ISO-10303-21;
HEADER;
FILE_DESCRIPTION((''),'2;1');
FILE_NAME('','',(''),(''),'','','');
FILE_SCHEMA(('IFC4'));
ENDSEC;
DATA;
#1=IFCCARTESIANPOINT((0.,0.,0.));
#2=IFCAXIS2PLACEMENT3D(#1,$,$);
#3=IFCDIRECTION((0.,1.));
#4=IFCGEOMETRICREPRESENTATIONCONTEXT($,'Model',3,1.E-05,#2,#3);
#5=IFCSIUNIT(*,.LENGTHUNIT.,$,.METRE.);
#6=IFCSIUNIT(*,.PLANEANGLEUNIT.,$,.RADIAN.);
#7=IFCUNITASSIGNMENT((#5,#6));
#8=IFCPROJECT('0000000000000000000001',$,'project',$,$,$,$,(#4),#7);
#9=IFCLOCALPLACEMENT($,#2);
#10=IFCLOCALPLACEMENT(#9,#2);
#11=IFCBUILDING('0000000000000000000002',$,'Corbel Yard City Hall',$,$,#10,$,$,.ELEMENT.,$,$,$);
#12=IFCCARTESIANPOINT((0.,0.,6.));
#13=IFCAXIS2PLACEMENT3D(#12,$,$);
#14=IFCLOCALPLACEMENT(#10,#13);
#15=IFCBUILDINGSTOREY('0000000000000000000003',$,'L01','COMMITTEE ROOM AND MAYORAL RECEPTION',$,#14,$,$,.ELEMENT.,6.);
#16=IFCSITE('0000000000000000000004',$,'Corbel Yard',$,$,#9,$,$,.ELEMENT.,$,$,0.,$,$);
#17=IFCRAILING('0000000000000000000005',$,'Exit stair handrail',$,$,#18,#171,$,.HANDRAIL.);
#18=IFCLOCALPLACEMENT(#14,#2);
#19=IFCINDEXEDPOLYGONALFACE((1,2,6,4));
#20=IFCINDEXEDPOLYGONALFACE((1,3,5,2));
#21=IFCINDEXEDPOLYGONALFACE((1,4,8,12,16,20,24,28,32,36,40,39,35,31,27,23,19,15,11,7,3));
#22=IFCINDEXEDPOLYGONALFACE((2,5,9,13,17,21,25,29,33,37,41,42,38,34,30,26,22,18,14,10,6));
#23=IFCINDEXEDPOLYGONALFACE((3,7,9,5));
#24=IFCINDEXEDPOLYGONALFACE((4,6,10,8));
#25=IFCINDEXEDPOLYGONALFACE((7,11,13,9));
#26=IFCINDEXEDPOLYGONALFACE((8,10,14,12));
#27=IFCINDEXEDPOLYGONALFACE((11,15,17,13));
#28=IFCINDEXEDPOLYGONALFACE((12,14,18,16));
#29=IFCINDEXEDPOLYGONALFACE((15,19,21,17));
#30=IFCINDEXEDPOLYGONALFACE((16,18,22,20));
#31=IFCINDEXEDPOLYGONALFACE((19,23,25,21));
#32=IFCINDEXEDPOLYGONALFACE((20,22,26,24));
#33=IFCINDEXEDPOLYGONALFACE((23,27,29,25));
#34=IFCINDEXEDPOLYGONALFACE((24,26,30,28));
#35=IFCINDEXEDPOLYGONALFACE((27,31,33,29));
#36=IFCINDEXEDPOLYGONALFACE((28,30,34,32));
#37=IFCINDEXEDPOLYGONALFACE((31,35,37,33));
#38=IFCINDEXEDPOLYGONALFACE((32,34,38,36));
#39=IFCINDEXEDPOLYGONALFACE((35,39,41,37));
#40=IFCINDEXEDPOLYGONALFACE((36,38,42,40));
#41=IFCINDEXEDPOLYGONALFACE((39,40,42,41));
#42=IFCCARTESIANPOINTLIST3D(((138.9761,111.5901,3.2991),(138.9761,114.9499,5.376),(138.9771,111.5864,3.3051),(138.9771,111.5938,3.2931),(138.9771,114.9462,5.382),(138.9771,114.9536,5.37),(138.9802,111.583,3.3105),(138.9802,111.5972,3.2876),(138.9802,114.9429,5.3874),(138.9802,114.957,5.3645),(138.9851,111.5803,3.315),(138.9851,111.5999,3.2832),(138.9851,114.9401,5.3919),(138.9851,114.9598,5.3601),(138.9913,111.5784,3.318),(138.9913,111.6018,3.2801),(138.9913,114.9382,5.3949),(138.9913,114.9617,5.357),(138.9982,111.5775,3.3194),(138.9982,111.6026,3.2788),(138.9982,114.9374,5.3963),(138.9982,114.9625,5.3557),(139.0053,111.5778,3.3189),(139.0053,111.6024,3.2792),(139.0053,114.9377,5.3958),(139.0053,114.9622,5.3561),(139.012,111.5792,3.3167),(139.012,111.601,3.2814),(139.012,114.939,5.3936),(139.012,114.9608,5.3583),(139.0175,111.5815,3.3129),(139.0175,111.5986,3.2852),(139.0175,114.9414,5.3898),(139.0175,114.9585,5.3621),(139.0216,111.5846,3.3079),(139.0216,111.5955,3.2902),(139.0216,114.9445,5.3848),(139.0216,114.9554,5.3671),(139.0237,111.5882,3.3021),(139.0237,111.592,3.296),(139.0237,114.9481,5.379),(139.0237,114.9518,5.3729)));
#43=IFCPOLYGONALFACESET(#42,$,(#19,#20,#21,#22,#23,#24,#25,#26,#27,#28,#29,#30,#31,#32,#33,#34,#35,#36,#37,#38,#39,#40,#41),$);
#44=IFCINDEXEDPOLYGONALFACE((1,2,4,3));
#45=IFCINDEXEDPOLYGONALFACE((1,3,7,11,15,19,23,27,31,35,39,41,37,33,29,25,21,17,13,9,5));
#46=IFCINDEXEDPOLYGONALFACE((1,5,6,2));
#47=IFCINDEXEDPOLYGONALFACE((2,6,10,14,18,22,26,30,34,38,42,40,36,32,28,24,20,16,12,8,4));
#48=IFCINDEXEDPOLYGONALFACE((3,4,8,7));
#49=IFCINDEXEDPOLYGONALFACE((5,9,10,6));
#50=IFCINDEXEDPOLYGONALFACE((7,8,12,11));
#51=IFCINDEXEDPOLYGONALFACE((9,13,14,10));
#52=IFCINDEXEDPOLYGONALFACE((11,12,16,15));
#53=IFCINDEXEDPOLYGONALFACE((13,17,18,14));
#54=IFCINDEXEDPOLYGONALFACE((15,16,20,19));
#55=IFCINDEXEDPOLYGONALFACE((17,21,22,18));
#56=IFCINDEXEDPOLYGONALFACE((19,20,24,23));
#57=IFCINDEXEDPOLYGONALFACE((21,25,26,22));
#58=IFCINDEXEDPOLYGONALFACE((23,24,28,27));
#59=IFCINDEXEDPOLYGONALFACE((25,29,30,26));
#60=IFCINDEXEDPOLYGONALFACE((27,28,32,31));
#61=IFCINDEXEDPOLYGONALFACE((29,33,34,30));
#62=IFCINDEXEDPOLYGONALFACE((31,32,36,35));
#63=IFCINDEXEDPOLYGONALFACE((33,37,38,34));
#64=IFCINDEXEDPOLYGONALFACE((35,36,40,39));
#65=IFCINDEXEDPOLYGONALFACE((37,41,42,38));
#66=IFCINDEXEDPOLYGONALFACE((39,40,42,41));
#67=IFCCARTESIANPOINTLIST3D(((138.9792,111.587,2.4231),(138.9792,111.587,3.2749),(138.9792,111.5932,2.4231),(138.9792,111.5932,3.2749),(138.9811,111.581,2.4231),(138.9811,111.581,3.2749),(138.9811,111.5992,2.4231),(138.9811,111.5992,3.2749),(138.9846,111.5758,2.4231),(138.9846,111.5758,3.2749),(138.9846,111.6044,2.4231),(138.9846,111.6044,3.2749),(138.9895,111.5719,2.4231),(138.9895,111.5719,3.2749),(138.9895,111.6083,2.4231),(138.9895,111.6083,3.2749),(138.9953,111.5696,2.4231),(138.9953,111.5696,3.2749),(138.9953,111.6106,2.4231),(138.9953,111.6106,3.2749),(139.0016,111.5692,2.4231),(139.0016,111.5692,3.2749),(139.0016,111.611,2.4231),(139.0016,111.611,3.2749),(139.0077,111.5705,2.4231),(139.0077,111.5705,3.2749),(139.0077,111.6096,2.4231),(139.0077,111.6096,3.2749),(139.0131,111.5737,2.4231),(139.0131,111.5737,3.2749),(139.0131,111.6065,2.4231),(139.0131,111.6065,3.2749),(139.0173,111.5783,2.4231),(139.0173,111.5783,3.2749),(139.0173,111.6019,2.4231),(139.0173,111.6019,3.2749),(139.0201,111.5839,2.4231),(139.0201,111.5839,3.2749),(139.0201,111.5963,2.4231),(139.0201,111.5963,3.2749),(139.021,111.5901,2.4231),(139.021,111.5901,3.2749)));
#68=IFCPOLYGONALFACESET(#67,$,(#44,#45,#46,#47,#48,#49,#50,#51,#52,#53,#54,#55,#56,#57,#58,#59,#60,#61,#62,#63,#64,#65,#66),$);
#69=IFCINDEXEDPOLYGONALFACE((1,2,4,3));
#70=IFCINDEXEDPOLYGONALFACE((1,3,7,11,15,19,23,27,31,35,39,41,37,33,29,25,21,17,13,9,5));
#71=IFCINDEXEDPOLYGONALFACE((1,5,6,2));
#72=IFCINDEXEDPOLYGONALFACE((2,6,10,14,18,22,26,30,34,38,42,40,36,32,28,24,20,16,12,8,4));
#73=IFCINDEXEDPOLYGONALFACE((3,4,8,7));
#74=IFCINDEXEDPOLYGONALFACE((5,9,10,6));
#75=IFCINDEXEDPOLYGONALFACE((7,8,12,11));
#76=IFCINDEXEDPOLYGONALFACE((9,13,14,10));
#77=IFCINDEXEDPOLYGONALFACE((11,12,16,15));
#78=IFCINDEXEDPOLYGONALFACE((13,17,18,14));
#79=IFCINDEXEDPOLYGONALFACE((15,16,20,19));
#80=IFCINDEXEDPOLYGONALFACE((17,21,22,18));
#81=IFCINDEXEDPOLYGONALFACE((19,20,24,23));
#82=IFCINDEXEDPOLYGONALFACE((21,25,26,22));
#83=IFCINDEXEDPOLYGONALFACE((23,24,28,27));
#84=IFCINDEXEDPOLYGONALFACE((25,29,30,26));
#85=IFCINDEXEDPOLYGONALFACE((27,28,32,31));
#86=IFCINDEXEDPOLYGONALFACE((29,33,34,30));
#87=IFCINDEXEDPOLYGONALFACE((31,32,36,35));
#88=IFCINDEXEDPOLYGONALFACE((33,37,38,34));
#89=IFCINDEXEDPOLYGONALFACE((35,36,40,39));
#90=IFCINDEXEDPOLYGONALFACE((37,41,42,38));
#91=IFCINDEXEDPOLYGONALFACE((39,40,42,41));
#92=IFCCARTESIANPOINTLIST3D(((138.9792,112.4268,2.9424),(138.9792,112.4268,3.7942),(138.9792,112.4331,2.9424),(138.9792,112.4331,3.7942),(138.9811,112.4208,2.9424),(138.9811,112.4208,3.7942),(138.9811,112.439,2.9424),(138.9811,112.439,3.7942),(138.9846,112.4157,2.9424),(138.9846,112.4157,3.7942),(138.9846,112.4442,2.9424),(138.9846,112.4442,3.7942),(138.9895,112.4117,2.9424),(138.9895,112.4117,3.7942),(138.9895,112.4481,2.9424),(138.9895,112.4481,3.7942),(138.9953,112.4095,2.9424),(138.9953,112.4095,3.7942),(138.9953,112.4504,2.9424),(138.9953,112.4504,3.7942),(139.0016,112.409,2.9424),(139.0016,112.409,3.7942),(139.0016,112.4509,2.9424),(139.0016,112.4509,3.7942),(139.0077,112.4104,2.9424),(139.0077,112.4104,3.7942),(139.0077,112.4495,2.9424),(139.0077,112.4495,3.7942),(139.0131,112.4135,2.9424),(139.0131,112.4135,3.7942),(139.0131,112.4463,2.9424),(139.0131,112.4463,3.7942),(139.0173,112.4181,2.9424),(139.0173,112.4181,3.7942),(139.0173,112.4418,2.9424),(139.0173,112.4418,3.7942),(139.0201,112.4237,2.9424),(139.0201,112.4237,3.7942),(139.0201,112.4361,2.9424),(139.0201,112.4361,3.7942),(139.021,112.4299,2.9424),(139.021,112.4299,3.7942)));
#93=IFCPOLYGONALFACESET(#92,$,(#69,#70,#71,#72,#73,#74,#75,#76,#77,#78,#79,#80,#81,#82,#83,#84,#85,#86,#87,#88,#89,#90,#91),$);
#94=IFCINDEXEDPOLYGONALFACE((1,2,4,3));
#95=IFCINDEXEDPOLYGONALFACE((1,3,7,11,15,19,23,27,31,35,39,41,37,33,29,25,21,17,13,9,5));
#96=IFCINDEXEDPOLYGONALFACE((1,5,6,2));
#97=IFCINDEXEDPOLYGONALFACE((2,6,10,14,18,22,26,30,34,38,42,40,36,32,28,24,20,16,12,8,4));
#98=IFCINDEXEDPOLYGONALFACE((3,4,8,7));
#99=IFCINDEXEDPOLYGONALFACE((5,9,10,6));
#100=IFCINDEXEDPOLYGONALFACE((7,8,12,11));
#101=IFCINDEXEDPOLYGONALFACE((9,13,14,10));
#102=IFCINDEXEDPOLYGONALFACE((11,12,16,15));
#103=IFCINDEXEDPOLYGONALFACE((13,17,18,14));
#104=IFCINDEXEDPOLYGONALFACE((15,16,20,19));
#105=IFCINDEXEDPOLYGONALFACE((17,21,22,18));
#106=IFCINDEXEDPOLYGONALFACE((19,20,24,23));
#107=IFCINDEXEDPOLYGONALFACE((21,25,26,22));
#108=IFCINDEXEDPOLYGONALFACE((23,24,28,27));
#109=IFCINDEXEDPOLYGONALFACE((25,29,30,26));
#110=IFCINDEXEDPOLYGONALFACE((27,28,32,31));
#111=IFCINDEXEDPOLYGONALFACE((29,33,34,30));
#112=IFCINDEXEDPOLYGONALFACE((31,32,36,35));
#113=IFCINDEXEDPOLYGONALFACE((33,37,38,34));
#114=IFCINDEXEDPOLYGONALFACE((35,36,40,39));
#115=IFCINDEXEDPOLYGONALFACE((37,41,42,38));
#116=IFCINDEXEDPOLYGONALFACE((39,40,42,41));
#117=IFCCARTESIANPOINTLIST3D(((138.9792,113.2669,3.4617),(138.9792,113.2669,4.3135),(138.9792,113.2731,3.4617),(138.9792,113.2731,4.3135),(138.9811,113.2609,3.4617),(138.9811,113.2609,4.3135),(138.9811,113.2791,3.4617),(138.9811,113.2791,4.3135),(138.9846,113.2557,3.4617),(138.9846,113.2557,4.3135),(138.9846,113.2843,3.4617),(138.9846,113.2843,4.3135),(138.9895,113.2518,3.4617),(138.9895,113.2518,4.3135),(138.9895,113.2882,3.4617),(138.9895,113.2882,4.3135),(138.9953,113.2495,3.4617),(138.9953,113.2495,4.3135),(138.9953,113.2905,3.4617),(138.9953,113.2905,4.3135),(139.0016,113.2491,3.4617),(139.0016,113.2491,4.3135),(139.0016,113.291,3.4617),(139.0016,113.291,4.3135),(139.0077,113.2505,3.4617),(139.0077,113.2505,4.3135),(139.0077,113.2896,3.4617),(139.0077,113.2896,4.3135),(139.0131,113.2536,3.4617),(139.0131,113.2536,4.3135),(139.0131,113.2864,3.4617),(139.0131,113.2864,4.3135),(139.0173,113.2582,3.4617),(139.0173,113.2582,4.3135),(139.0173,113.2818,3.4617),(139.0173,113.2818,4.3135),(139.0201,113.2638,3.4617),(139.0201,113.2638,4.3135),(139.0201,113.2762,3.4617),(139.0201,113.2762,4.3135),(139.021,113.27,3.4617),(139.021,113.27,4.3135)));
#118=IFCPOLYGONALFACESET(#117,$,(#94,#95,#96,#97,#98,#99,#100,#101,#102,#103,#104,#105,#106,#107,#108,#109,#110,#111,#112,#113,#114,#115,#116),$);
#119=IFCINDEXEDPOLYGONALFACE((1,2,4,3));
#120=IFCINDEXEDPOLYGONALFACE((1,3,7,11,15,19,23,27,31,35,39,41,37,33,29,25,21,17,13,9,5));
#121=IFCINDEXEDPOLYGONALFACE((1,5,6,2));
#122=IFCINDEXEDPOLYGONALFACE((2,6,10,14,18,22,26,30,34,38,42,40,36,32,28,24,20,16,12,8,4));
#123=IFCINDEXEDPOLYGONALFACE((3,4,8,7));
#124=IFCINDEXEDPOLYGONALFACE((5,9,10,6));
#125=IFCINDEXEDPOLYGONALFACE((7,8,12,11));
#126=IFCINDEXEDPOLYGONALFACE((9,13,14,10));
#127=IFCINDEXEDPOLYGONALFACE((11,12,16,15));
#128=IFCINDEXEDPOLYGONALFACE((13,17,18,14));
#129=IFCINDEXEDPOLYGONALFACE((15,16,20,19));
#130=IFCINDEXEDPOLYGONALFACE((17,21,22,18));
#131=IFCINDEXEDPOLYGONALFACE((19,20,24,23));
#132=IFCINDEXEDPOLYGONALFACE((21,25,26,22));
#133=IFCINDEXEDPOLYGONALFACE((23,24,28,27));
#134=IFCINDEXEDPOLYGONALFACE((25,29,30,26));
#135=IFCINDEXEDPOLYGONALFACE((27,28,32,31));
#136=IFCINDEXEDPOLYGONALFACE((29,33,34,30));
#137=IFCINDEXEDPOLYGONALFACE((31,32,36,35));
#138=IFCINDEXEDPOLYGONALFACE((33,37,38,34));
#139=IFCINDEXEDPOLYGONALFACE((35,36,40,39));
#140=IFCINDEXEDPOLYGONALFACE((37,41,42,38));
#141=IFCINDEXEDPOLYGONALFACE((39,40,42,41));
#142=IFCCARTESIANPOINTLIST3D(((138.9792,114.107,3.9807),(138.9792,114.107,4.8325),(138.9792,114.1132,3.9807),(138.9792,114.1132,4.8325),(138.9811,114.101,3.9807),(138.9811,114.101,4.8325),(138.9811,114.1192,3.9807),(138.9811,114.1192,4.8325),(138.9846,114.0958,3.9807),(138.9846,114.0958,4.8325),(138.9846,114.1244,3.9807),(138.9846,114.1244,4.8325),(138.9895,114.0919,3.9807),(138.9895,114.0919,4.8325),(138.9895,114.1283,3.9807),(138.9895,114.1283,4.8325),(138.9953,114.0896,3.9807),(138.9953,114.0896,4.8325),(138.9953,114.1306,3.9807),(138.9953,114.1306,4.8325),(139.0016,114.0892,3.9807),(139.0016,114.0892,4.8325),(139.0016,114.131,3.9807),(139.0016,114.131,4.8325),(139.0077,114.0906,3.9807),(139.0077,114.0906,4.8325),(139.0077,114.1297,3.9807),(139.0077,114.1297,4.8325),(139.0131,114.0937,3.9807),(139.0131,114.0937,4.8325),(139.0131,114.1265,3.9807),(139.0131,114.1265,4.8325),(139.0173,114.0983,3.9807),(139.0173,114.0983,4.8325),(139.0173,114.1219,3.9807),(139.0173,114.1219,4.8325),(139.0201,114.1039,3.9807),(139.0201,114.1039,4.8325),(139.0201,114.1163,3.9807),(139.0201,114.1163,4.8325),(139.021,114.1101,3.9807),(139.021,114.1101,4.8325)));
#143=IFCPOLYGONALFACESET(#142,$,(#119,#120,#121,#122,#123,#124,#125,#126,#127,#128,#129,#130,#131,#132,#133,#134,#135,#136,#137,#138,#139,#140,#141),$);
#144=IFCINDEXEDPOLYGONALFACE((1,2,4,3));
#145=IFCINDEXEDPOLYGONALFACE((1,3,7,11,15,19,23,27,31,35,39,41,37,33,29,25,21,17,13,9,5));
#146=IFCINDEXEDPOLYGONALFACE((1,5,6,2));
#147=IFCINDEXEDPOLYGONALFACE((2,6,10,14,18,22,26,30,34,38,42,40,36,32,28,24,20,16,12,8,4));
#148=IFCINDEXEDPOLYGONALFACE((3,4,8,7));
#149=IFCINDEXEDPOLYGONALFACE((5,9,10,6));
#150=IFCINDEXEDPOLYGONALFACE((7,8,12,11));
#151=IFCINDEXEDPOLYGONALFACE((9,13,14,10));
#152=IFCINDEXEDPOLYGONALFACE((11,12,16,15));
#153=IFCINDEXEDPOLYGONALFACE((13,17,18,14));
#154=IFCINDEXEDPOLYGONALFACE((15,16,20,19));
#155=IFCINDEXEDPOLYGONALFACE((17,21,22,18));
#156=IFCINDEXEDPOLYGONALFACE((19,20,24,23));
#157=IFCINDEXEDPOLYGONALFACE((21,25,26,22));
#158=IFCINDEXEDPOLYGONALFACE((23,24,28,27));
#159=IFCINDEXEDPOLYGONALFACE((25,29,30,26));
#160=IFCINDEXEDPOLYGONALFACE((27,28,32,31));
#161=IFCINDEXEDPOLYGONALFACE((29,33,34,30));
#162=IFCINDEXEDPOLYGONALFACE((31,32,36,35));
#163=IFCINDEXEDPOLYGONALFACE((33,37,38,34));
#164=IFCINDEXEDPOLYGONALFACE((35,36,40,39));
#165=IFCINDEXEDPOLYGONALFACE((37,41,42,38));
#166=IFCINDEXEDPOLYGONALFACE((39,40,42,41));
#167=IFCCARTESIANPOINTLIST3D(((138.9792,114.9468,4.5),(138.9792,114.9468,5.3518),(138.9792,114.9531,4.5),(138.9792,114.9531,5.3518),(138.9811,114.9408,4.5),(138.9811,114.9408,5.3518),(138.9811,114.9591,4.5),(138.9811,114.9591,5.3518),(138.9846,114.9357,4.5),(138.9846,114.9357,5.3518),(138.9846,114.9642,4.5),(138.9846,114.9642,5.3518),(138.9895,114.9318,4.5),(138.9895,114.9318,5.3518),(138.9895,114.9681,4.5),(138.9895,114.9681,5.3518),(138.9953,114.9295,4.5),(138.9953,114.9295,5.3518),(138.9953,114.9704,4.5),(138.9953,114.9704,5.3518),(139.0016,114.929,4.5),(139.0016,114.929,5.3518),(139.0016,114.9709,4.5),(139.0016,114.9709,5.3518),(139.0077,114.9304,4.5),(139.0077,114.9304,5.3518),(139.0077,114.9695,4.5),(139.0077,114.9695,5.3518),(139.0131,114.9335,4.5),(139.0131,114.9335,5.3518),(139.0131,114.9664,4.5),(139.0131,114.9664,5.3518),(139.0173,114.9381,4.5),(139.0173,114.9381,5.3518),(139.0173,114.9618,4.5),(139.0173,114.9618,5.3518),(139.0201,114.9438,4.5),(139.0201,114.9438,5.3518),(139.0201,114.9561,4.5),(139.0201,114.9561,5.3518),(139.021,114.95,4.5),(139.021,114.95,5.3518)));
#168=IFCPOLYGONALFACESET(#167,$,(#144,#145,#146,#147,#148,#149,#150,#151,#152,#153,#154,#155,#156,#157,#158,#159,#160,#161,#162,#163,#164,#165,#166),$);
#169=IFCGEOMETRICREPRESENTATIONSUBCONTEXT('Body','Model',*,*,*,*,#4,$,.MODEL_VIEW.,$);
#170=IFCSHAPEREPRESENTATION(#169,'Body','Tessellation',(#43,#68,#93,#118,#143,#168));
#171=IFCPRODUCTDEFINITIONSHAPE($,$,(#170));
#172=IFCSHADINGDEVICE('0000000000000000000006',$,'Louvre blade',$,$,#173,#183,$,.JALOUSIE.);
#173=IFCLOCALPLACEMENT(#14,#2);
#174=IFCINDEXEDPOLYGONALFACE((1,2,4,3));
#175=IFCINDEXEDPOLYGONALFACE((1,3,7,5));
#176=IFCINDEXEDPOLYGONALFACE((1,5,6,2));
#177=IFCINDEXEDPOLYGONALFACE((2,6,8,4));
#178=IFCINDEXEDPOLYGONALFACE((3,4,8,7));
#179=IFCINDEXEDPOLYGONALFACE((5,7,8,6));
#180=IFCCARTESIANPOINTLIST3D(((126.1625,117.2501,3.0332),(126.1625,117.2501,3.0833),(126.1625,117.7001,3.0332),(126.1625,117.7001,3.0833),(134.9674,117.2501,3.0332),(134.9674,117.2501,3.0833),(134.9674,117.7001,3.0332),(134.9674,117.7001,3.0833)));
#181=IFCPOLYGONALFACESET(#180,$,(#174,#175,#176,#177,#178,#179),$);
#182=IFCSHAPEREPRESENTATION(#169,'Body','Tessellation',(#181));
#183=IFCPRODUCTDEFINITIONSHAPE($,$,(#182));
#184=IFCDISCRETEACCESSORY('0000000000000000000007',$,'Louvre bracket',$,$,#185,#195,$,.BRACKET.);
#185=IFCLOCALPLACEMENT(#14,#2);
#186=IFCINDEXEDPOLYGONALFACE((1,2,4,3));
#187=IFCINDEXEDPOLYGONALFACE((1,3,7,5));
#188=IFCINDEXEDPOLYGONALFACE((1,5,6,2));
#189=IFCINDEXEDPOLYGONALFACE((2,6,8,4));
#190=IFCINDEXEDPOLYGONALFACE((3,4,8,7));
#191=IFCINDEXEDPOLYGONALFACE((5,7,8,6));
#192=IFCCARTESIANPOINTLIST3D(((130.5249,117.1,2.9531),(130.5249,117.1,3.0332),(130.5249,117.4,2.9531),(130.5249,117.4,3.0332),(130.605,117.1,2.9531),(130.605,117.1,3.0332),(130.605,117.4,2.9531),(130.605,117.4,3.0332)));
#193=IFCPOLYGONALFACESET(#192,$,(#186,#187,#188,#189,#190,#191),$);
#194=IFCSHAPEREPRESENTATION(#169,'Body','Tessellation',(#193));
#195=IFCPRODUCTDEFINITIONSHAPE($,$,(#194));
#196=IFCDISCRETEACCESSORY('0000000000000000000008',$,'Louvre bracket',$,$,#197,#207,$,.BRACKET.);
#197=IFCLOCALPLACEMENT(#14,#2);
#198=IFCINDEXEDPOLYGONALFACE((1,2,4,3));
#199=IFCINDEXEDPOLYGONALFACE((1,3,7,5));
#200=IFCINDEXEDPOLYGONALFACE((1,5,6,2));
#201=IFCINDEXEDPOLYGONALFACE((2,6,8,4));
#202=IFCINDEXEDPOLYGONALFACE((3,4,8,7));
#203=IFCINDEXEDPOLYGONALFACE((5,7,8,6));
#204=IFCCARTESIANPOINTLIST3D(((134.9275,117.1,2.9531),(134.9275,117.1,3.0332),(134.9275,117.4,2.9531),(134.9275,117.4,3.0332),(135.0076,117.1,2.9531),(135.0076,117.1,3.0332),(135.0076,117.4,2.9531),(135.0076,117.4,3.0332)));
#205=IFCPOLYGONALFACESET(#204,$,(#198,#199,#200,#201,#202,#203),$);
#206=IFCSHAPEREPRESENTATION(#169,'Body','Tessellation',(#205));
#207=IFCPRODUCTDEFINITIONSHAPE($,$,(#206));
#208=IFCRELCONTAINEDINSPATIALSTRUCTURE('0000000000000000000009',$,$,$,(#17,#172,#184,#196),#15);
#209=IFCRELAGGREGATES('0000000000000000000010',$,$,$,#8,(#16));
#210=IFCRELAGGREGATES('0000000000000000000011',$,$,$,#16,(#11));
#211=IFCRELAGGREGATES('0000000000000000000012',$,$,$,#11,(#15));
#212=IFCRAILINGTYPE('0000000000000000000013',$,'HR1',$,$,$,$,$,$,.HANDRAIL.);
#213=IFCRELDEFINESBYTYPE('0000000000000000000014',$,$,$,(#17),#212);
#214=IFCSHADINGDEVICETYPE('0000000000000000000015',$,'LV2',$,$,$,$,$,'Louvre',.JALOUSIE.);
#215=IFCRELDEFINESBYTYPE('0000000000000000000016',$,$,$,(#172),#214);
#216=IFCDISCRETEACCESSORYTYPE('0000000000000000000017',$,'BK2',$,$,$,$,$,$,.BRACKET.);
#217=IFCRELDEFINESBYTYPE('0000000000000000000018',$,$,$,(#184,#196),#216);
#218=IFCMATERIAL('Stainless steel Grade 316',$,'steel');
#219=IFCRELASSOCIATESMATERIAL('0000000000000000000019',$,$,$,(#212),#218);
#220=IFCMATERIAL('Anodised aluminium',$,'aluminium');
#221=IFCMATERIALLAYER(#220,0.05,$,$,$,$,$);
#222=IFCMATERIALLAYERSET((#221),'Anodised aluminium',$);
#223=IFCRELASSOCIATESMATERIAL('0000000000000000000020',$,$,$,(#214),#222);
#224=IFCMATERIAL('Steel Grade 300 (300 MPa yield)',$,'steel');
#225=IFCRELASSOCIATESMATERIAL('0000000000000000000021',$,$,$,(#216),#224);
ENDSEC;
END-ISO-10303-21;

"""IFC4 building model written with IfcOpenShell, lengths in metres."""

from ifc_helpers import new_model, si_unit, direction, frame, origin, origin_2d, place, context, subcontext, project, spatial, rectangle, circle, extrude, material, layer, layer_set, type_object, element, save


model = new_model("IFC4")

# Units and contexts
model_context = context("Model", 3, precision=1e-05, world=origin(), true_north=direction((0.0, 1.0)))
body_context = subcontext(model_context, "Body", "Model", "MODEL_VIEW")
ifc_project = project(units=[si_unit("LENGTHUNIT", "METRE"), si_unit("PLANEANGLEUNIT", "RADIAN")], contexts=[model_context])

# Site, building, storey
site_placement = place(None, origin())
site = spatial("IfcSite", under=ifc_project, at=site_placement, Name="Corbel Yard", CompositionType="ELEMENT", RefElevation=0.0)
building_placement = place(site_placement, origin())
building = spatial("IfcBuilding", under=site, at=building_placement, Name="Corbel Yard City Hall", CompositionType="ELEMENT")
storey_placement = place(building_placement, frame((0.0, 0.0, 6.0)))
storey = spatial("IfcBuildingStorey", under=building, at=storey_placement, Name="L01", Description="COMMITTEE ROOM AND MAYORAL RECEPTION", CompositionType="ELEMENT", Elevation=6.0)

# Shared definitions
ifc_material_1 = material(Name="Steel Grade 300 (300 MPa yield)", Category="steel")

# Railing
ifc_material_2 = material(Name="Stainless steel Grade 316", Category="steel")
railing_type_1 = type_object("IfcRailingType", Name="HR1", PredefinedType="HANDRAIL", material=ifc_material_2)
for number, where, name in (
    (1, (139.0, 111.5901, 2.4231), "Exit stair handrail"),
):
    element("IfcRailing", number, at=place(storey_placement, frame(where)), inside=storey, type_object=railing_type_1, Name=name, PredefinedType="HANDRAIL", context=body_context, shape_type="SweptSolid", body=[
        extrude(circle(Radius=0.0239, at=origin_2d()), frame((0.0, 0.0, 0.876), z_axis=(0.0, 0.850606, 0.525803), x_axis=(-1.0, 0.0, 0.0)), (0.0, 0.0, 1.0), 3.95),
        extrude(circle(Radius=0.021, at=origin_2d()), origin(), (0.0, 0.0, 1.0), 0.8518),
        extrude(circle(Radius=0.021, at=origin_2d()), frame((0.0, 0.8398, 0.5193)), (0.0, 0.0, 1.0), 0.8518),
        extrude(circle(Radius=0.021, at=origin_2d()), frame((0.0, 1.6799, 1.0386)), (0.0, 0.0, 1.0), 0.8518),
        extrude(circle(Radius=0.021, at=origin_2d()), frame((0.0, 2.52, 1.5576)), (0.0, 0.0, 1.0), 0.8518),
        extrude(circle(Radius=0.021, at=origin_2d()), frame((0.0, 3.3599, 2.0769)), (0.0, 0.0, 1.0), 0.8518),
    ])

# Shading device
ifc_material_3 = material(Name="Anodised aluminium", Category="aluminium")
ifc_layer_1 = layer(ifc_material_3, 0.05)
ifc_layer_set_1 = layer_set([ifc_layer_1], Name="Anodised aluminium")
shading_device_type = type_object("IfcShadingDeviceType", Name="LV2", ElementType="Louvre", PredefinedType="JALOUSIE", material=ifc_layer_set_1)
shading_device_placement = place(storey_placement, frame((130.5649, 117.4751, 3.0332), z_axis=(0.0, 0.0, 1.0), x_axis=(1.0, 0.0, 0.0)))
element("IfcShadingDevice", 2, at=shading_device_placement, inside=storey, type_object=shading_device_type, Name="Louvre blade", PredefinedType="JALOUSIE", context=body_context, shape_type="SweptSolid", body=[
    extrude(rectangle(XDim=8.8049, YDim=0.45, at=origin_2d()), origin(), (0.0, 0.0, 1.0), 0.05),
])

# Discrete accessories
discrete_accessory_type = type_object("IfcDiscreteAccessoryType", Name="BK2", PredefinedType="BRACKET", material=ifc_material_1)
for number, where, z_axis, x_axis, name in (
    (3, (130.5649, 117.25, 2.9531), (0.0, 0.0, 1.0), (1.0, 0.0, 0.0), "Louvre bracket"),
    (4, (134.9675, 117.25, 2.9531), (0.0, 0.0, 1.0), (1.0, 0.0, 0.0), "Louvre bracket"),
):
    element("IfcDiscreteAccessory", number, at=place(storey_placement, frame(where, z_axis=z_axis, x_axis=x_axis)), inside=storey, type_object=discrete_accessory_type, Name=name, PredefinedType="BRACKET", context=body_context, shape_type="SweptSolid", body=[
        extrude(rectangle(XDim=0.0801, YDim=0.3, at=origin_2d()), origin(), (0.0, 0.0, 1.0), 0.0801),
    ])

save(model, "model.ifc")
